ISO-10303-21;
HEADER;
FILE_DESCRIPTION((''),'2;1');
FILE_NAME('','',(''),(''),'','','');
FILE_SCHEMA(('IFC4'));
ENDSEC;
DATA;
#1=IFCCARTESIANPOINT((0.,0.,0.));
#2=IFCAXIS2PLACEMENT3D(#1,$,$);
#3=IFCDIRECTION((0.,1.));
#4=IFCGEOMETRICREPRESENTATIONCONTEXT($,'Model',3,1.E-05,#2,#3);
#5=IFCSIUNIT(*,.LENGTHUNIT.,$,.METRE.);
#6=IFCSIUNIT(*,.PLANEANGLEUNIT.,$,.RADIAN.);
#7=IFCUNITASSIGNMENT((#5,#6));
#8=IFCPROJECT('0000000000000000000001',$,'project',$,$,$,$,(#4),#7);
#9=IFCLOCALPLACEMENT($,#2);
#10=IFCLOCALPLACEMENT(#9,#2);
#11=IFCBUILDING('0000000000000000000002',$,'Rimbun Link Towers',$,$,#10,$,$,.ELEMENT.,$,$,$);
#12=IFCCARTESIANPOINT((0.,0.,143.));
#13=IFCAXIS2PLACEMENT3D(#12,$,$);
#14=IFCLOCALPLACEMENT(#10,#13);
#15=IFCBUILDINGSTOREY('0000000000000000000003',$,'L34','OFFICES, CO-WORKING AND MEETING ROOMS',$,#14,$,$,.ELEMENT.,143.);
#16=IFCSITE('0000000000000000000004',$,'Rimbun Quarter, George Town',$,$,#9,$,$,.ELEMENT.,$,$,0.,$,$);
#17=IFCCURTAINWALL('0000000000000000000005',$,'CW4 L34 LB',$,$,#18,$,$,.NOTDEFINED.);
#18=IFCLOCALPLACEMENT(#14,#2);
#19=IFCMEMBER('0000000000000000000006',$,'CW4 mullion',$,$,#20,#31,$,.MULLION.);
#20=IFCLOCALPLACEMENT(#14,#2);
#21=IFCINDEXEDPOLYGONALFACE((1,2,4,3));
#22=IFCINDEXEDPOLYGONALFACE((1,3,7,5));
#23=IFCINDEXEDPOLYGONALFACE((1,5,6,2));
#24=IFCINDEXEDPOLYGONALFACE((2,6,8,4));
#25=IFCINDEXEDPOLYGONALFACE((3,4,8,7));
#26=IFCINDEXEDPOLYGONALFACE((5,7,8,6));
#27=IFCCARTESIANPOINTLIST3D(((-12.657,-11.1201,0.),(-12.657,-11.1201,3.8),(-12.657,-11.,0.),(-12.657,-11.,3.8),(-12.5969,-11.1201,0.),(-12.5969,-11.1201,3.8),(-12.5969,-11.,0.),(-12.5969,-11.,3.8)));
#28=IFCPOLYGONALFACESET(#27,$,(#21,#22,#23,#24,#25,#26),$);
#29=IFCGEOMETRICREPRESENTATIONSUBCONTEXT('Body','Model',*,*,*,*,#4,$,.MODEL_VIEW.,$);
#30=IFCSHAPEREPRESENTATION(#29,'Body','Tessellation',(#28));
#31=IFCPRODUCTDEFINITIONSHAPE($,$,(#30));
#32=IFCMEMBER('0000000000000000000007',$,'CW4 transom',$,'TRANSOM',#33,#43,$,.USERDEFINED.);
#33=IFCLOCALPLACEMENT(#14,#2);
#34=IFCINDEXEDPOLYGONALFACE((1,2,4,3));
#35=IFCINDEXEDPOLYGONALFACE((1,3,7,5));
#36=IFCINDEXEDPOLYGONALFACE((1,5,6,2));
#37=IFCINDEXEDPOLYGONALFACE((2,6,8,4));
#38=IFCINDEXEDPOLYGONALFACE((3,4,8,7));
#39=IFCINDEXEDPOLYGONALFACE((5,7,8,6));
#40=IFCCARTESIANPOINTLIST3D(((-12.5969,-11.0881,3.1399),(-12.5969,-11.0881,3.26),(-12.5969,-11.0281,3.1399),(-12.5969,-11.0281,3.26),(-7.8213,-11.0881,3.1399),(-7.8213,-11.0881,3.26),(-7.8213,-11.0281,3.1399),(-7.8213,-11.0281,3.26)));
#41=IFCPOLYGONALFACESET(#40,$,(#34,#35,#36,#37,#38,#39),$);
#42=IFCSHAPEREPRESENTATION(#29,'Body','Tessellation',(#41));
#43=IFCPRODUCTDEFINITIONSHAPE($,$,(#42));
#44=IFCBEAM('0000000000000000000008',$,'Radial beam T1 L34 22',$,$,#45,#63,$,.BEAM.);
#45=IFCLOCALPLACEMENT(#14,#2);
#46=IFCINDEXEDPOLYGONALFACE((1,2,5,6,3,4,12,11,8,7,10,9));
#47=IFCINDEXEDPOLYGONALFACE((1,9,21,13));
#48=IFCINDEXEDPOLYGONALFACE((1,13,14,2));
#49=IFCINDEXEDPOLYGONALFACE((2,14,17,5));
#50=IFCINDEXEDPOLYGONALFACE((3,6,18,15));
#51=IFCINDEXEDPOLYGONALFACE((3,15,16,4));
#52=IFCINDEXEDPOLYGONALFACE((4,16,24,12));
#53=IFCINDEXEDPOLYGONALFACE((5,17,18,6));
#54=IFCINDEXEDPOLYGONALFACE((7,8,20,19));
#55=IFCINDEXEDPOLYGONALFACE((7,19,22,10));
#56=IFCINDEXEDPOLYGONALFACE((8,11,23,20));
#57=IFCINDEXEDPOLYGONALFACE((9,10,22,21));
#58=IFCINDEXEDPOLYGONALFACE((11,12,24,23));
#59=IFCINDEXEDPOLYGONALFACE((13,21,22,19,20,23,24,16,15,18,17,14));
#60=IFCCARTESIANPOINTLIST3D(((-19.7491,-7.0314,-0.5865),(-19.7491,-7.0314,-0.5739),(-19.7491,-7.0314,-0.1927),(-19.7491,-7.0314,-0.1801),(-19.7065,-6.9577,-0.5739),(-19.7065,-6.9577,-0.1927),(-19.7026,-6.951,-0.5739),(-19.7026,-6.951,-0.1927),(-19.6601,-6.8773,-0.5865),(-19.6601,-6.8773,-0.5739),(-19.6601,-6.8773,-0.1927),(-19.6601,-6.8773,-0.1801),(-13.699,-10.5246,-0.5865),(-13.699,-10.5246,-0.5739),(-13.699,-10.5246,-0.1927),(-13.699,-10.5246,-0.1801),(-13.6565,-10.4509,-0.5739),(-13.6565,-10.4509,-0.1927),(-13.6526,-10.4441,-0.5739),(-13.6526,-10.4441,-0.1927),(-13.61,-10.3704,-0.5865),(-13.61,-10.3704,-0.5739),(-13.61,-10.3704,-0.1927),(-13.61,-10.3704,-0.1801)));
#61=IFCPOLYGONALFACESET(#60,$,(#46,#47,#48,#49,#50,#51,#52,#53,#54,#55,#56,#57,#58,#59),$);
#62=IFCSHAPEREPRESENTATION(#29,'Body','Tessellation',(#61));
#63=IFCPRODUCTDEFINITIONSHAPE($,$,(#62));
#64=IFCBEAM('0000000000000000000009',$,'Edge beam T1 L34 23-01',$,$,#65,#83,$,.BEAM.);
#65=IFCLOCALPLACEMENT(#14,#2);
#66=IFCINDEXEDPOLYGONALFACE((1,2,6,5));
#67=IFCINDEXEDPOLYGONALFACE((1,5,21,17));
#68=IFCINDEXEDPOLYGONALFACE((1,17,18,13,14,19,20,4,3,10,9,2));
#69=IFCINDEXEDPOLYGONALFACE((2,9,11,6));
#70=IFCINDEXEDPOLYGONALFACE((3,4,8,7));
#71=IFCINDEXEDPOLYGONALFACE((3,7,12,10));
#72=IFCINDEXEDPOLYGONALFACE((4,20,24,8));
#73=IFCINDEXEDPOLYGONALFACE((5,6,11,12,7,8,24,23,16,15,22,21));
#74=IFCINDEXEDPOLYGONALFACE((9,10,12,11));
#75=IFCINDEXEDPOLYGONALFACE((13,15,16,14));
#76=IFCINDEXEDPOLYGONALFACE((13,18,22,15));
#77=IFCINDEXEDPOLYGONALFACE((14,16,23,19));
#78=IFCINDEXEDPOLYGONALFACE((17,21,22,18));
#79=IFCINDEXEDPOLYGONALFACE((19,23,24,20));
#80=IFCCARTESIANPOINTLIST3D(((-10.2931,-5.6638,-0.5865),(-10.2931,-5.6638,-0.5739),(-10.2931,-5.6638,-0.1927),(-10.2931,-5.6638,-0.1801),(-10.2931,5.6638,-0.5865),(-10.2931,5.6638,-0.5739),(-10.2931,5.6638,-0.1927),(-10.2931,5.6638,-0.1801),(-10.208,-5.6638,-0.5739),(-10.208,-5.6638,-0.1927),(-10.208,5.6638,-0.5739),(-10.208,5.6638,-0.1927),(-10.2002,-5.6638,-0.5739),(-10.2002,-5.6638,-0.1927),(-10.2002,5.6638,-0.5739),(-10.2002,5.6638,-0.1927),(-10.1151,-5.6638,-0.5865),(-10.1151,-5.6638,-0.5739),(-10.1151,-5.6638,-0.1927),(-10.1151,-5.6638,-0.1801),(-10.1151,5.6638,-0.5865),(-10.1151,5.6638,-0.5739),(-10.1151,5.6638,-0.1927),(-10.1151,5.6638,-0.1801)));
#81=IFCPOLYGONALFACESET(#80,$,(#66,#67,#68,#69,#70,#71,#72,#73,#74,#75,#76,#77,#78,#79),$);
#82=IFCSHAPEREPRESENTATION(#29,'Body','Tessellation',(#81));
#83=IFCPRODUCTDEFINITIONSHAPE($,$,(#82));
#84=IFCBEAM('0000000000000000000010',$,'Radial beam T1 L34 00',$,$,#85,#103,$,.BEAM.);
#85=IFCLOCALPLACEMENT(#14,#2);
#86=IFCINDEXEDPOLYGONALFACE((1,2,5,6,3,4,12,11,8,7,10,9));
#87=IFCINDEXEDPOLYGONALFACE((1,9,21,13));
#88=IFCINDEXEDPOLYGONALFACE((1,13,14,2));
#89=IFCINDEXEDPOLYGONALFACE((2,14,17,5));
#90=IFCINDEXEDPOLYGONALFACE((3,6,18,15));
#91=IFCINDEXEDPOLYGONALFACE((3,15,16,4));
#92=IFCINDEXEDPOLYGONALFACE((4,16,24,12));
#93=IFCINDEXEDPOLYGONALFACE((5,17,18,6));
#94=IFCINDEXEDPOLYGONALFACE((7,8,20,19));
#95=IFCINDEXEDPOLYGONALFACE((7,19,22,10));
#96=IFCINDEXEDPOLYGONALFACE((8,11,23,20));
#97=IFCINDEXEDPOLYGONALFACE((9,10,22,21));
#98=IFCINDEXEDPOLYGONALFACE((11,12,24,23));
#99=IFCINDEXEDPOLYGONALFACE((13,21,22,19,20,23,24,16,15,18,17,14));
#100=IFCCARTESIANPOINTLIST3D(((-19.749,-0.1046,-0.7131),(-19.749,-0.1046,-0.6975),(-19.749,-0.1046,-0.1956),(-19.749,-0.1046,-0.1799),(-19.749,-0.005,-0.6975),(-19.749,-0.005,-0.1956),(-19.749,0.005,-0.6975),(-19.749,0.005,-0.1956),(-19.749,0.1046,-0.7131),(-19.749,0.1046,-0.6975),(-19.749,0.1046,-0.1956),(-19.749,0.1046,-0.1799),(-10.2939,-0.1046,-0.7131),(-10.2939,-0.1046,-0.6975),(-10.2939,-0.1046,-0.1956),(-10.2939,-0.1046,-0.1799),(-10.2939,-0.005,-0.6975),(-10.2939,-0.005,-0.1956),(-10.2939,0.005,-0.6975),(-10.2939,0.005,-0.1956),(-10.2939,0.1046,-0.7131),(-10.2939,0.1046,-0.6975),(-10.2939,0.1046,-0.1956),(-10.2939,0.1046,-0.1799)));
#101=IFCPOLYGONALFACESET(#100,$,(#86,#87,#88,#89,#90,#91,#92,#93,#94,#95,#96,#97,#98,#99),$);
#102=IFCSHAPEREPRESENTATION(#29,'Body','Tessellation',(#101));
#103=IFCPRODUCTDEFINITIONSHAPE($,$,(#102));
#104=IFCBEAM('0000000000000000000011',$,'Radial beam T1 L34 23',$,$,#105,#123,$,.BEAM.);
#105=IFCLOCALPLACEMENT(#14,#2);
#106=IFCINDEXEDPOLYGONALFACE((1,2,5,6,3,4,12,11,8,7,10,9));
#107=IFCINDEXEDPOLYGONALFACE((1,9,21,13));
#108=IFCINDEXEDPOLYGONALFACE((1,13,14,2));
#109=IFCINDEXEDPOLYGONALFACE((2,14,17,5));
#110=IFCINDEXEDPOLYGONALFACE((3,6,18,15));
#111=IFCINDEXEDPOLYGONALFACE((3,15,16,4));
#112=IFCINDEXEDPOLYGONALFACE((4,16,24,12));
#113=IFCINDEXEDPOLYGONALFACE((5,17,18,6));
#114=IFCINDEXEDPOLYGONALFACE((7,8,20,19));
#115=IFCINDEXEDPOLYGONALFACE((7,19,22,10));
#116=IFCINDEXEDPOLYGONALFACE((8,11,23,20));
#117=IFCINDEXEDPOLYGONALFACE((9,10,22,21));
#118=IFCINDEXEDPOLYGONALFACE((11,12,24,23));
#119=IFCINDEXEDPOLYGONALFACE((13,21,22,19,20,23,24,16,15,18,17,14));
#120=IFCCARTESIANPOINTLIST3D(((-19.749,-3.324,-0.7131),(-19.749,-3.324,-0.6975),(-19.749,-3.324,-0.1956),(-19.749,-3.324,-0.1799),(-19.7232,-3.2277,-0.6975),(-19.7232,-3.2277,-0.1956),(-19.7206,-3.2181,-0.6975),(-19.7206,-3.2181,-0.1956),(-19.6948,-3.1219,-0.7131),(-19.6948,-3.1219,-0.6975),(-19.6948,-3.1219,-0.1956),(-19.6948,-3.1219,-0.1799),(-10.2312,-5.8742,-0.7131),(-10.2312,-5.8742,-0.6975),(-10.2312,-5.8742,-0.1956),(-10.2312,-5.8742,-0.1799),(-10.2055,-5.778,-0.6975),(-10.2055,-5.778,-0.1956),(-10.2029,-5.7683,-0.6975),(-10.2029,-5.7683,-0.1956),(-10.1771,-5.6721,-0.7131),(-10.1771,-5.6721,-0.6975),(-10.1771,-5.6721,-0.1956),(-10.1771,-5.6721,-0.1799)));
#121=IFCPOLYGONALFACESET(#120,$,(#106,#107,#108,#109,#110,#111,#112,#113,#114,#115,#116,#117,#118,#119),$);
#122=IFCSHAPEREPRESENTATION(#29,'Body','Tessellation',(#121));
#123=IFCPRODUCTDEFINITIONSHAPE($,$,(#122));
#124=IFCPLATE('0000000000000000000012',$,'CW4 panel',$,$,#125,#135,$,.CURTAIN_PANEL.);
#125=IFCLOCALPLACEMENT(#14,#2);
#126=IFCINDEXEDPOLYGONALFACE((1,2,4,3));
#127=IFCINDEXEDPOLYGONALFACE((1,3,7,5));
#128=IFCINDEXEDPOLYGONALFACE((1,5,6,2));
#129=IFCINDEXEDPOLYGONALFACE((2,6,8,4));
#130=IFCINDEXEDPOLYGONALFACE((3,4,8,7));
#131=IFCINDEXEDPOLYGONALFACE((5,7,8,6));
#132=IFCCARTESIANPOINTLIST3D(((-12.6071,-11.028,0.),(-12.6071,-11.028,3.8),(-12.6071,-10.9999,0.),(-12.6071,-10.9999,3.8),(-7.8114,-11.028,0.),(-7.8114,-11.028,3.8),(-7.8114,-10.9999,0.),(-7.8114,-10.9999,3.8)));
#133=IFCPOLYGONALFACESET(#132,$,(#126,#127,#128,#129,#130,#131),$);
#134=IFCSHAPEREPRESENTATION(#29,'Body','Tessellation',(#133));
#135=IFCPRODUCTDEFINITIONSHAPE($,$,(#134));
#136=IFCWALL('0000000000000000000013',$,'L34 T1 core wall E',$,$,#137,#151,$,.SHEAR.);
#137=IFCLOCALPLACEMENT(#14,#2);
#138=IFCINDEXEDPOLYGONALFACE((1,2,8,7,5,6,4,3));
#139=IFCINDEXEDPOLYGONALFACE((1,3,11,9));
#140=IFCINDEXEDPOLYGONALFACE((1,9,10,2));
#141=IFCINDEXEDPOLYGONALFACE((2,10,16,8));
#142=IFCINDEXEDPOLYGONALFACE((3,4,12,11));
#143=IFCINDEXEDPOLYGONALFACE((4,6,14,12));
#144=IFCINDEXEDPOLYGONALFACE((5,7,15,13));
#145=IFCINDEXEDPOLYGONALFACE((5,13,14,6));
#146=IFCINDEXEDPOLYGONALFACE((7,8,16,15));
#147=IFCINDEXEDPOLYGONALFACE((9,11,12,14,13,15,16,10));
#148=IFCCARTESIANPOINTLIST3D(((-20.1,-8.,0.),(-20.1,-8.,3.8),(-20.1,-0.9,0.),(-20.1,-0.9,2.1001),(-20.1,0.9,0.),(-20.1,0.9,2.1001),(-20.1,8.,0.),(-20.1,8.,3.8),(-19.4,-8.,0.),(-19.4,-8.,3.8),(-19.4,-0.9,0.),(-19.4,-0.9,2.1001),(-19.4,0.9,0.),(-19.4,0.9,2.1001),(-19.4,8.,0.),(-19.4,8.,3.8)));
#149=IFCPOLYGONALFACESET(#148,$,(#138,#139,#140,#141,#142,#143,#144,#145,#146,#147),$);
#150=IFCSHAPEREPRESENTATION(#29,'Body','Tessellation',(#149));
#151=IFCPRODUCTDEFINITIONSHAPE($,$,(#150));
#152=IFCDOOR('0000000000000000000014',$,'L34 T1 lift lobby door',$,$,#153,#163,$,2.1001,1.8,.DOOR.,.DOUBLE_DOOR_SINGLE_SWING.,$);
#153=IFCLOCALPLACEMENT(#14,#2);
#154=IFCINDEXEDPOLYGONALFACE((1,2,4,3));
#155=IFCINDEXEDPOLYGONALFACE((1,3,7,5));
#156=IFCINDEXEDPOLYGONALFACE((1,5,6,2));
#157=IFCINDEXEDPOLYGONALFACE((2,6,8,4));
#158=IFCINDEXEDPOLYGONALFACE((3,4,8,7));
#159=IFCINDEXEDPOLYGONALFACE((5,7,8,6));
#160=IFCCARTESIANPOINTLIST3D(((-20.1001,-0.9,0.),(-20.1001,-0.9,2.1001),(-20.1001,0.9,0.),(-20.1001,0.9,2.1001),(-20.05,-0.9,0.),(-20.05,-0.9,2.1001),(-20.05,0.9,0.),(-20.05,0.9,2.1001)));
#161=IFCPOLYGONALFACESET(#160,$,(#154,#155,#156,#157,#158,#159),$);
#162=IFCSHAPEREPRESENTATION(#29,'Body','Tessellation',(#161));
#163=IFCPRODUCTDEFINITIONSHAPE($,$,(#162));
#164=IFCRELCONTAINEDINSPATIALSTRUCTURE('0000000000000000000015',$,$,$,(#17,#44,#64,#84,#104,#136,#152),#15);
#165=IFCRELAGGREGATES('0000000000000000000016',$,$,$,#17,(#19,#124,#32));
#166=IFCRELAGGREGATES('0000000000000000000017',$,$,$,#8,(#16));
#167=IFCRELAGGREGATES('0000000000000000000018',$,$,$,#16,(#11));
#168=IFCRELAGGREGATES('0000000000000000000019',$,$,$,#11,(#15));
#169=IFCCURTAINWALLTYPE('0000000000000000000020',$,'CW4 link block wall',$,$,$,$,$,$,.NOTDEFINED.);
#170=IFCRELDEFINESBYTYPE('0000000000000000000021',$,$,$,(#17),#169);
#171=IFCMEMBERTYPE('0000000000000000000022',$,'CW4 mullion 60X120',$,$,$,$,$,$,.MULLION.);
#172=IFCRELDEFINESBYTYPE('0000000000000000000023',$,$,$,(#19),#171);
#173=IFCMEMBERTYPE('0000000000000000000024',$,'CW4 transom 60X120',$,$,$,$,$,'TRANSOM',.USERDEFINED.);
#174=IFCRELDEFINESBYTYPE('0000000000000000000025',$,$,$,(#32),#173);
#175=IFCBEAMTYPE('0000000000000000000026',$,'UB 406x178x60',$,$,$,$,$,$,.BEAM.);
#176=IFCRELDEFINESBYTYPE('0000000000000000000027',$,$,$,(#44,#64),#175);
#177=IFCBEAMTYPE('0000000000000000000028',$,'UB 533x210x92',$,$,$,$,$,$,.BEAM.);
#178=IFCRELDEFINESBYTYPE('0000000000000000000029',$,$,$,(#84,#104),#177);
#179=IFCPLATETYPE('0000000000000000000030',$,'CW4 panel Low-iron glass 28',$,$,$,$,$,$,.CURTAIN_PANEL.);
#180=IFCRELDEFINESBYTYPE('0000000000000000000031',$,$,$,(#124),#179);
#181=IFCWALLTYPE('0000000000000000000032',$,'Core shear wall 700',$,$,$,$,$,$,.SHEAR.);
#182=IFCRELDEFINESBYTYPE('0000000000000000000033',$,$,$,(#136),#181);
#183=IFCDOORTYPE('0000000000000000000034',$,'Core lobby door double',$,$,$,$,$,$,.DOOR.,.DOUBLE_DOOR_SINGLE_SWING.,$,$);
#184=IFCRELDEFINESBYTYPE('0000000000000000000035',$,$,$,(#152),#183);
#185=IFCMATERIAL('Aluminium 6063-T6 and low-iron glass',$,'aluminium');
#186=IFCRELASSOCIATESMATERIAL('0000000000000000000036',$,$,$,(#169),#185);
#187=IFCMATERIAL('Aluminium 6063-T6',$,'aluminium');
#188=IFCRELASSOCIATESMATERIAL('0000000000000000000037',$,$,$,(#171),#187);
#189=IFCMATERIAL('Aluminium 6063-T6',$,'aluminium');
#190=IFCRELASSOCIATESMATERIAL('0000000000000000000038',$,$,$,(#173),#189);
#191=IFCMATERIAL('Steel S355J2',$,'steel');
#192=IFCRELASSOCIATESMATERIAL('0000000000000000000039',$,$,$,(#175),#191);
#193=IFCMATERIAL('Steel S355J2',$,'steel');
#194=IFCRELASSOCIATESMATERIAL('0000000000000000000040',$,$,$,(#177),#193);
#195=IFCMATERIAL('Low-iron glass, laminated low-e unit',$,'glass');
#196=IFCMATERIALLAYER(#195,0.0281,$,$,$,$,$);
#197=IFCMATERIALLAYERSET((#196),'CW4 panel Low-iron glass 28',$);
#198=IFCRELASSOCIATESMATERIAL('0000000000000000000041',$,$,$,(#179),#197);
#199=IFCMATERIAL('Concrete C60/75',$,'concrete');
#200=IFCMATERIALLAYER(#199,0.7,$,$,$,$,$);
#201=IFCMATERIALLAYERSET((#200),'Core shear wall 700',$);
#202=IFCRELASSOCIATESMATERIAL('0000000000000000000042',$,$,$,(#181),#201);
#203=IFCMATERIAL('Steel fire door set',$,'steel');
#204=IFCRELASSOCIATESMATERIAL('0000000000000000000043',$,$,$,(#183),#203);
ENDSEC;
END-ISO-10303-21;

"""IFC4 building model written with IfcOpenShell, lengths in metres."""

from ifc_helpers import new_model, si_unit, direction, frame, frame_2d, origin, origin_2d, place, context, subcontext, project, spatial, rectangle, i_section, extrude, material, layer, layer_set, material_profile, profile_set, type_object, element, fill, aggregate, save


model = new_model("IFC4")

# Units and contexts
model_context = context("Model", 3, precision=1e-05, world=origin(), true_north=direction((0.0, 1.0)))
body_context = subcontext(model_context, "Body", "Model", "MODEL_VIEW")
ifc_project = project(units=[si_unit("LENGTHUNIT", "METRE"), si_unit("PLANEANGLEUNIT", "RADIAN")], contexts=[model_context])

# Site, building, storey
site_placement = place(None, origin())
site = spatial("IfcSite", under=ifc_project, at=site_placement, Name="Rimbun Quarter, George Town", CompositionType="ELEMENT", RefElevation=0.0)
building_placement = place(site_placement, origin())
building = spatial("IfcBuilding", under=site, at=building_placement, Name="Rimbun Link Towers", CompositionType="ELEMENT")
storey_placement = place(building_placement, frame((0.0, 0.0, 143.0)))
storey = spatial("IfcBuildingStorey", under=building, at=storey_placement, Name="L34", Description="OFFICES, CO-WORKING AND MEETING ROOMS", CompositionType="ELEMENT", Elevation=143.0)

# Curtain wall, members
ifc_material_1 = material(Name="Aluminium 6063-T6 and low-iron glass", Category="aluminium")
curtain_wall_type = type_object("IfcCurtainWallType", Name="CW4 link block wall", PredefinedType="NOTDEFINED", material=ifc_material_1)
curtain_wall_placement = place(storey_placement, origin())
curtain_wall = element("IfcCurtainWall", 1, at=curtain_wall_placement, inside=storey, type_object=curtain_wall_type, Name="CW4 L34 LB", PredefinedType="NOTDEFINED")
ifc_material_2 = material(Name="Aluminium 6063-T6", Category="aluminium")
ifc_material_profile_1 = material_profile(ifc_material_2, rectangle(XDim=0.1201, YDim=0.0601, at=origin_2d()), Name="MULLION 60X120")
ifc_profile_set_1 = profile_set([ifc_material_profile_1], Name="Aluminium 6063-T6")
member_type_1 = type_object("IfcMemberType", Name="CW4 mullion 60X120", PredefinedType="MULLION", material=ifc_profile_set_1)
member_1_placement = place(storey_placement, frame((-12.627, -11.0601, 0.0), z_axis=(0.0, 0.0, 1.0), x_axis=(0.0, -1.0, 0.0)))
member_1 = element("IfcMember", 2, at=member_1_placement, type_object=member_type_1, Name="CW4 mullion", PredefinedType="MULLION", context=body_context, shape_type="SweptSolid", body=[
    extrude(rectangle(XDim=0.1201, YDim=0.0601, at=origin_2d()), origin(), (0.0, 0.0, 1.0), 3.8),
])
ifc_material_3 = material(Name="Aluminium 6063-T6", Category="aluminium")
ifc_material_profile_2 = material_profile(ifc_material_3, rectangle(XDim=0.0601, YDim=0.1201, at=origin_2d()), Name="TRANSOM 60X120")
ifc_profile_set_2 = profile_set([ifc_material_profile_2], Name="Aluminium 6063-T6")
member_type_2 = type_object("IfcMemberType", Name="CW4 transom 60X120", ElementType="TRANSOM", PredefinedType="USERDEFINED", material=ifc_profile_set_2)
member_2_placement = place(storey_placement, frame((-7.8213, -11.0581, 3.2), z_axis=(-1.0, 0.0, 0.0), x_axis=(0.0, -1.0, 0.0)))
member_2 = element("IfcMember", 3, at=member_2_placement, type_object=member_type_2, Name="CW4 transom", ObjectType="TRANSOM", PredefinedType="USERDEFINED", context=body_context, shape_type="SweptSolid", body=[
    extrude(rectangle(XDim=0.0601, YDim=0.1201, at=origin_2d()), origin(), (0.0, 0.0, 1.0), 4.7756),
])

# Beams
ifc_material_4 = material(Name="Steel S355J2", Category="steel")
ifc_material_profile_3 = material_profile(ifc_material_4, i_section(OverallWidth=0.178, OverallDepth=0.4065, WebThickness=0.0078, FlangeThickness=0.0127, at=origin_2d()), Name="UB 406x178x60")
ifc_profile_set_3 = profile_set([ifc_material_profile_3], Name="Steel S355J2")
beam_type_1 = type_object("IfcBeamType", Name="UB 406x178x60", PredefinedType="BEAM", material=ifc_profile_set_3)
beam_1_placement = place(storey_placement, frame((-19.7046, -6.9543, -0.3833), z_axis=(0.866015, -0.500018, 0.0), x_axis=(0.500018, 0.866015, 0.0)))
element("IfcBeam", 4, at=beam_1_placement, inside=storey, type_object=beam_type_1, Name="Radial beam T1 L34 22", PredefinedType="BEAM", context=body_context, shape_type="SweptSolid", body=[
    extrude(i_section(OverallWidth=0.178, OverallDepth=0.4065, WebThickness=0.0078, FlangeThickness=0.0127, at=origin_2d()), origin(), (0.0, 0.0, 1.0), 6.9861),
])
beam_2_placement = place(storey_placement, frame((-10.2041, -5.6638, -0.3833), z_axis=(0.0, 1.0, 0.0), x_axis=(-1.0, 0.0, 0.0)))
element("IfcBeam", 5, at=beam_2_placement, inside=storey, type_object=beam_type_1, Name="Edge beam T1 L34 23-01", PredefinedType="BEAM", context=body_context, shape_type="SweptSolid", body=[
    extrude(i_section(OverallWidth=0.178, OverallDepth=0.4065, WebThickness=0.0078, FlangeThickness=0.0127, at=origin_2d()), origin(), (0.0, 0.0, 1.0), 11.3276),
])
ifc_material_5 = material(Name="Steel S355J2", Category="steel")
ifc_material_profile_4 = material_profile(ifc_material_5, i_section(OverallWidth=0.2092, OverallDepth=0.5332, WebThickness=0.01, FlangeThickness=0.0156, at=origin_2d()), Name="UB 533x210x92")
ifc_profile_set_4 = profile_set([ifc_material_profile_4], Name="Steel S355J2")
beam_type_2 = type_object("IfcBeamType", Name="UB 533x210x92", PredefinedType="BEAM", material=ifc_profile_set_4)
beam_3_placement = place(storey_placement, frame((-19.749, 0.0, -0.4465), z_axis=(1.0, 0.0, 0.0), x_axis=(0.0, 1.0, 0.0)))
element("IfcBeam", 6, at=beam_3_placement, inside=storey, type_object=beam_type_2, Name="Radial beam T1 L34 00", PredefinedType="BEAM", context=body_context, shape_type="SweptSolid", body=[
    extrude(i_section(OverallWidth=0.2092, OverallDepth=0.5332, WebThickness=0.01, FlangeThickness=0.0156, at=origin_2d()), origin(), (0.0, 0.0, 1.0), 9.4551),
])
beam_4_placement = place(storey_placement, frame((-19.7219, -3.2229, -0.4465), z_axis=(0.965926, -0.258819, 0.0), x_axis=(0.258819, 0.965926, 0.0)))
element("IfcBeam", 7, at=beam_4_placement, inside=storey, type_object=beam_type_2, Name="Radial beam T1 L34 23", PredefinedType="BEAM", context=body_context, shape_type="SweptSolid", body=[
    extrude(i_section(OverallWidth=0.2092, OverallDepth=0.5332, WebThickness=0.01, FlangeThickness=0.0156, at=origin_2d()), origin(), (0.0, 0.0, 1.0), 9.8535),
])

# Plate
ifc_material_6 = material(Name="Low-iron glass, laminated low-e unit", Category="glass")
ifc_layer_1 = layer(ifc_material_6, 0.0281)
ifc_layer_set_1 = layer_set([ifc_layer_1], Name="CW4 panel Low-iron glass 28")
plate_type = type_object("IfcPlateType", Name="CW4 panel Low-iron glass 28", PredefinedType="CURTAIN_PANEL", material=ifc_layer_set_1)
plate_placement = place(storey_placement, frame((-10.2092, -11.0139, 0.0), z_axis=(0.0, 0.0, 1.0), x_axis=(-1.0, 0.0, 0.0)))
plate = element("IfcPlate", 8, at=plate_placement, type_object=plate_type, Name="CW4 panel", PredefinedType="CURTAIN_PANEL", context=body_context, shape_type="SweptSolid", body=[
    extrude(rectangle(XDim=4.7957, YDim=0.0281, at=origin_2d()), origin(), (0.0, 0.0, 1.0), 3.8),
])
aggregate(curtain_wall, [member_1, plate, member_2])

# Wall, opening, door
ifc_material_7 = material(Name="Concrete C60/75", Category="concrete")
ifc_layer_2 = layer(ifc_material_7, 0.7)
ifc_layer_set_2 = layer_set([ifc_layer_2], Name="Core shear wall 700")
wall_type_1 = type_object("IfcWallType", Name="Core shear wall 700", PredefinedType="SHEAR", material=ifc_layer_set_2)
wall_1_placement = place(storey_placement, frame((-19.75, -8.0, 0.0), z_axis=(0.0, 0.0, 1.0), x_axis=(0.0, 1.0, 0.0)))
wall_1 = element("IfcWall", 9, at=wall_1_placement, inside=storey, type_object=wall_type_1, Name="L34 T1 core wall E", PredefinedType="SHEAR", context=body_context, shape_type="SweptSolid", body=[
    extrude(rectangle(XDim=16.0, YDim=0.7, at=frame_2d((8.0, 0.0))), origin(), (0.0, 0.0, 1.0), 3.8),
])
opening_1_placement = place(wall_1_placement, frame((7.1001, 0.0, 0.0)))
opening_1 = element("IfcOpeningElement", 10, at=opening_1_placement, cuts=wall_1, PredefinedType="OPENING", context=body_context, shape_type="SweptSolid", body=[
    extrude(rectangle(XDim=1.8, YDim=2.1001, at=frame_2d((0.8999, 1.05))), frame((0.0, 0.3599, 0.0), z_axis=(0.0, -1.0, 0.0), x_axis=(1.0, 0.0, 0.0)), (0.0, 0.0, 1.0), 0.72),
])
ifc_material_8 = material(Name="Steel fire door set", Category="steel")
door_type_1 = type_object("IfcDoorType", Name="Core lobby door double", OperationType="DOUBLE_DOOR_SINGLE_SWING", PredefinedType="DOOR", material=ifc_material_8)
door_1_placement = place(opening_1_placement, origin())
door_1 = element("IfcDoor", 11, at=door_1_placement, inside=storey, type_object=door_type_1, Name="L34 T1 lift lobby door", OperationType="DOUBLE_DOOR_SINGLE_SWING", OverallHeight=2.1001, OverallWidth=1.8, PredefinedType="DOOR", context=body_context, shape_type="SweptSolid", body=[
    extrude(rectangle(XDim=1.8, YDim=2.1001, at=frame_2d((0.8999, 1.05))), frame((0.0, 0.3501, 0.0), z_axis=(0.0, -1.0, 0.0), x_axis=(1.0, 0.0, 0.0)), (0.0, 0.0, 1.0), 0.05),
])
fill(opening_1, door_1)

save(model, "model.ifc")
